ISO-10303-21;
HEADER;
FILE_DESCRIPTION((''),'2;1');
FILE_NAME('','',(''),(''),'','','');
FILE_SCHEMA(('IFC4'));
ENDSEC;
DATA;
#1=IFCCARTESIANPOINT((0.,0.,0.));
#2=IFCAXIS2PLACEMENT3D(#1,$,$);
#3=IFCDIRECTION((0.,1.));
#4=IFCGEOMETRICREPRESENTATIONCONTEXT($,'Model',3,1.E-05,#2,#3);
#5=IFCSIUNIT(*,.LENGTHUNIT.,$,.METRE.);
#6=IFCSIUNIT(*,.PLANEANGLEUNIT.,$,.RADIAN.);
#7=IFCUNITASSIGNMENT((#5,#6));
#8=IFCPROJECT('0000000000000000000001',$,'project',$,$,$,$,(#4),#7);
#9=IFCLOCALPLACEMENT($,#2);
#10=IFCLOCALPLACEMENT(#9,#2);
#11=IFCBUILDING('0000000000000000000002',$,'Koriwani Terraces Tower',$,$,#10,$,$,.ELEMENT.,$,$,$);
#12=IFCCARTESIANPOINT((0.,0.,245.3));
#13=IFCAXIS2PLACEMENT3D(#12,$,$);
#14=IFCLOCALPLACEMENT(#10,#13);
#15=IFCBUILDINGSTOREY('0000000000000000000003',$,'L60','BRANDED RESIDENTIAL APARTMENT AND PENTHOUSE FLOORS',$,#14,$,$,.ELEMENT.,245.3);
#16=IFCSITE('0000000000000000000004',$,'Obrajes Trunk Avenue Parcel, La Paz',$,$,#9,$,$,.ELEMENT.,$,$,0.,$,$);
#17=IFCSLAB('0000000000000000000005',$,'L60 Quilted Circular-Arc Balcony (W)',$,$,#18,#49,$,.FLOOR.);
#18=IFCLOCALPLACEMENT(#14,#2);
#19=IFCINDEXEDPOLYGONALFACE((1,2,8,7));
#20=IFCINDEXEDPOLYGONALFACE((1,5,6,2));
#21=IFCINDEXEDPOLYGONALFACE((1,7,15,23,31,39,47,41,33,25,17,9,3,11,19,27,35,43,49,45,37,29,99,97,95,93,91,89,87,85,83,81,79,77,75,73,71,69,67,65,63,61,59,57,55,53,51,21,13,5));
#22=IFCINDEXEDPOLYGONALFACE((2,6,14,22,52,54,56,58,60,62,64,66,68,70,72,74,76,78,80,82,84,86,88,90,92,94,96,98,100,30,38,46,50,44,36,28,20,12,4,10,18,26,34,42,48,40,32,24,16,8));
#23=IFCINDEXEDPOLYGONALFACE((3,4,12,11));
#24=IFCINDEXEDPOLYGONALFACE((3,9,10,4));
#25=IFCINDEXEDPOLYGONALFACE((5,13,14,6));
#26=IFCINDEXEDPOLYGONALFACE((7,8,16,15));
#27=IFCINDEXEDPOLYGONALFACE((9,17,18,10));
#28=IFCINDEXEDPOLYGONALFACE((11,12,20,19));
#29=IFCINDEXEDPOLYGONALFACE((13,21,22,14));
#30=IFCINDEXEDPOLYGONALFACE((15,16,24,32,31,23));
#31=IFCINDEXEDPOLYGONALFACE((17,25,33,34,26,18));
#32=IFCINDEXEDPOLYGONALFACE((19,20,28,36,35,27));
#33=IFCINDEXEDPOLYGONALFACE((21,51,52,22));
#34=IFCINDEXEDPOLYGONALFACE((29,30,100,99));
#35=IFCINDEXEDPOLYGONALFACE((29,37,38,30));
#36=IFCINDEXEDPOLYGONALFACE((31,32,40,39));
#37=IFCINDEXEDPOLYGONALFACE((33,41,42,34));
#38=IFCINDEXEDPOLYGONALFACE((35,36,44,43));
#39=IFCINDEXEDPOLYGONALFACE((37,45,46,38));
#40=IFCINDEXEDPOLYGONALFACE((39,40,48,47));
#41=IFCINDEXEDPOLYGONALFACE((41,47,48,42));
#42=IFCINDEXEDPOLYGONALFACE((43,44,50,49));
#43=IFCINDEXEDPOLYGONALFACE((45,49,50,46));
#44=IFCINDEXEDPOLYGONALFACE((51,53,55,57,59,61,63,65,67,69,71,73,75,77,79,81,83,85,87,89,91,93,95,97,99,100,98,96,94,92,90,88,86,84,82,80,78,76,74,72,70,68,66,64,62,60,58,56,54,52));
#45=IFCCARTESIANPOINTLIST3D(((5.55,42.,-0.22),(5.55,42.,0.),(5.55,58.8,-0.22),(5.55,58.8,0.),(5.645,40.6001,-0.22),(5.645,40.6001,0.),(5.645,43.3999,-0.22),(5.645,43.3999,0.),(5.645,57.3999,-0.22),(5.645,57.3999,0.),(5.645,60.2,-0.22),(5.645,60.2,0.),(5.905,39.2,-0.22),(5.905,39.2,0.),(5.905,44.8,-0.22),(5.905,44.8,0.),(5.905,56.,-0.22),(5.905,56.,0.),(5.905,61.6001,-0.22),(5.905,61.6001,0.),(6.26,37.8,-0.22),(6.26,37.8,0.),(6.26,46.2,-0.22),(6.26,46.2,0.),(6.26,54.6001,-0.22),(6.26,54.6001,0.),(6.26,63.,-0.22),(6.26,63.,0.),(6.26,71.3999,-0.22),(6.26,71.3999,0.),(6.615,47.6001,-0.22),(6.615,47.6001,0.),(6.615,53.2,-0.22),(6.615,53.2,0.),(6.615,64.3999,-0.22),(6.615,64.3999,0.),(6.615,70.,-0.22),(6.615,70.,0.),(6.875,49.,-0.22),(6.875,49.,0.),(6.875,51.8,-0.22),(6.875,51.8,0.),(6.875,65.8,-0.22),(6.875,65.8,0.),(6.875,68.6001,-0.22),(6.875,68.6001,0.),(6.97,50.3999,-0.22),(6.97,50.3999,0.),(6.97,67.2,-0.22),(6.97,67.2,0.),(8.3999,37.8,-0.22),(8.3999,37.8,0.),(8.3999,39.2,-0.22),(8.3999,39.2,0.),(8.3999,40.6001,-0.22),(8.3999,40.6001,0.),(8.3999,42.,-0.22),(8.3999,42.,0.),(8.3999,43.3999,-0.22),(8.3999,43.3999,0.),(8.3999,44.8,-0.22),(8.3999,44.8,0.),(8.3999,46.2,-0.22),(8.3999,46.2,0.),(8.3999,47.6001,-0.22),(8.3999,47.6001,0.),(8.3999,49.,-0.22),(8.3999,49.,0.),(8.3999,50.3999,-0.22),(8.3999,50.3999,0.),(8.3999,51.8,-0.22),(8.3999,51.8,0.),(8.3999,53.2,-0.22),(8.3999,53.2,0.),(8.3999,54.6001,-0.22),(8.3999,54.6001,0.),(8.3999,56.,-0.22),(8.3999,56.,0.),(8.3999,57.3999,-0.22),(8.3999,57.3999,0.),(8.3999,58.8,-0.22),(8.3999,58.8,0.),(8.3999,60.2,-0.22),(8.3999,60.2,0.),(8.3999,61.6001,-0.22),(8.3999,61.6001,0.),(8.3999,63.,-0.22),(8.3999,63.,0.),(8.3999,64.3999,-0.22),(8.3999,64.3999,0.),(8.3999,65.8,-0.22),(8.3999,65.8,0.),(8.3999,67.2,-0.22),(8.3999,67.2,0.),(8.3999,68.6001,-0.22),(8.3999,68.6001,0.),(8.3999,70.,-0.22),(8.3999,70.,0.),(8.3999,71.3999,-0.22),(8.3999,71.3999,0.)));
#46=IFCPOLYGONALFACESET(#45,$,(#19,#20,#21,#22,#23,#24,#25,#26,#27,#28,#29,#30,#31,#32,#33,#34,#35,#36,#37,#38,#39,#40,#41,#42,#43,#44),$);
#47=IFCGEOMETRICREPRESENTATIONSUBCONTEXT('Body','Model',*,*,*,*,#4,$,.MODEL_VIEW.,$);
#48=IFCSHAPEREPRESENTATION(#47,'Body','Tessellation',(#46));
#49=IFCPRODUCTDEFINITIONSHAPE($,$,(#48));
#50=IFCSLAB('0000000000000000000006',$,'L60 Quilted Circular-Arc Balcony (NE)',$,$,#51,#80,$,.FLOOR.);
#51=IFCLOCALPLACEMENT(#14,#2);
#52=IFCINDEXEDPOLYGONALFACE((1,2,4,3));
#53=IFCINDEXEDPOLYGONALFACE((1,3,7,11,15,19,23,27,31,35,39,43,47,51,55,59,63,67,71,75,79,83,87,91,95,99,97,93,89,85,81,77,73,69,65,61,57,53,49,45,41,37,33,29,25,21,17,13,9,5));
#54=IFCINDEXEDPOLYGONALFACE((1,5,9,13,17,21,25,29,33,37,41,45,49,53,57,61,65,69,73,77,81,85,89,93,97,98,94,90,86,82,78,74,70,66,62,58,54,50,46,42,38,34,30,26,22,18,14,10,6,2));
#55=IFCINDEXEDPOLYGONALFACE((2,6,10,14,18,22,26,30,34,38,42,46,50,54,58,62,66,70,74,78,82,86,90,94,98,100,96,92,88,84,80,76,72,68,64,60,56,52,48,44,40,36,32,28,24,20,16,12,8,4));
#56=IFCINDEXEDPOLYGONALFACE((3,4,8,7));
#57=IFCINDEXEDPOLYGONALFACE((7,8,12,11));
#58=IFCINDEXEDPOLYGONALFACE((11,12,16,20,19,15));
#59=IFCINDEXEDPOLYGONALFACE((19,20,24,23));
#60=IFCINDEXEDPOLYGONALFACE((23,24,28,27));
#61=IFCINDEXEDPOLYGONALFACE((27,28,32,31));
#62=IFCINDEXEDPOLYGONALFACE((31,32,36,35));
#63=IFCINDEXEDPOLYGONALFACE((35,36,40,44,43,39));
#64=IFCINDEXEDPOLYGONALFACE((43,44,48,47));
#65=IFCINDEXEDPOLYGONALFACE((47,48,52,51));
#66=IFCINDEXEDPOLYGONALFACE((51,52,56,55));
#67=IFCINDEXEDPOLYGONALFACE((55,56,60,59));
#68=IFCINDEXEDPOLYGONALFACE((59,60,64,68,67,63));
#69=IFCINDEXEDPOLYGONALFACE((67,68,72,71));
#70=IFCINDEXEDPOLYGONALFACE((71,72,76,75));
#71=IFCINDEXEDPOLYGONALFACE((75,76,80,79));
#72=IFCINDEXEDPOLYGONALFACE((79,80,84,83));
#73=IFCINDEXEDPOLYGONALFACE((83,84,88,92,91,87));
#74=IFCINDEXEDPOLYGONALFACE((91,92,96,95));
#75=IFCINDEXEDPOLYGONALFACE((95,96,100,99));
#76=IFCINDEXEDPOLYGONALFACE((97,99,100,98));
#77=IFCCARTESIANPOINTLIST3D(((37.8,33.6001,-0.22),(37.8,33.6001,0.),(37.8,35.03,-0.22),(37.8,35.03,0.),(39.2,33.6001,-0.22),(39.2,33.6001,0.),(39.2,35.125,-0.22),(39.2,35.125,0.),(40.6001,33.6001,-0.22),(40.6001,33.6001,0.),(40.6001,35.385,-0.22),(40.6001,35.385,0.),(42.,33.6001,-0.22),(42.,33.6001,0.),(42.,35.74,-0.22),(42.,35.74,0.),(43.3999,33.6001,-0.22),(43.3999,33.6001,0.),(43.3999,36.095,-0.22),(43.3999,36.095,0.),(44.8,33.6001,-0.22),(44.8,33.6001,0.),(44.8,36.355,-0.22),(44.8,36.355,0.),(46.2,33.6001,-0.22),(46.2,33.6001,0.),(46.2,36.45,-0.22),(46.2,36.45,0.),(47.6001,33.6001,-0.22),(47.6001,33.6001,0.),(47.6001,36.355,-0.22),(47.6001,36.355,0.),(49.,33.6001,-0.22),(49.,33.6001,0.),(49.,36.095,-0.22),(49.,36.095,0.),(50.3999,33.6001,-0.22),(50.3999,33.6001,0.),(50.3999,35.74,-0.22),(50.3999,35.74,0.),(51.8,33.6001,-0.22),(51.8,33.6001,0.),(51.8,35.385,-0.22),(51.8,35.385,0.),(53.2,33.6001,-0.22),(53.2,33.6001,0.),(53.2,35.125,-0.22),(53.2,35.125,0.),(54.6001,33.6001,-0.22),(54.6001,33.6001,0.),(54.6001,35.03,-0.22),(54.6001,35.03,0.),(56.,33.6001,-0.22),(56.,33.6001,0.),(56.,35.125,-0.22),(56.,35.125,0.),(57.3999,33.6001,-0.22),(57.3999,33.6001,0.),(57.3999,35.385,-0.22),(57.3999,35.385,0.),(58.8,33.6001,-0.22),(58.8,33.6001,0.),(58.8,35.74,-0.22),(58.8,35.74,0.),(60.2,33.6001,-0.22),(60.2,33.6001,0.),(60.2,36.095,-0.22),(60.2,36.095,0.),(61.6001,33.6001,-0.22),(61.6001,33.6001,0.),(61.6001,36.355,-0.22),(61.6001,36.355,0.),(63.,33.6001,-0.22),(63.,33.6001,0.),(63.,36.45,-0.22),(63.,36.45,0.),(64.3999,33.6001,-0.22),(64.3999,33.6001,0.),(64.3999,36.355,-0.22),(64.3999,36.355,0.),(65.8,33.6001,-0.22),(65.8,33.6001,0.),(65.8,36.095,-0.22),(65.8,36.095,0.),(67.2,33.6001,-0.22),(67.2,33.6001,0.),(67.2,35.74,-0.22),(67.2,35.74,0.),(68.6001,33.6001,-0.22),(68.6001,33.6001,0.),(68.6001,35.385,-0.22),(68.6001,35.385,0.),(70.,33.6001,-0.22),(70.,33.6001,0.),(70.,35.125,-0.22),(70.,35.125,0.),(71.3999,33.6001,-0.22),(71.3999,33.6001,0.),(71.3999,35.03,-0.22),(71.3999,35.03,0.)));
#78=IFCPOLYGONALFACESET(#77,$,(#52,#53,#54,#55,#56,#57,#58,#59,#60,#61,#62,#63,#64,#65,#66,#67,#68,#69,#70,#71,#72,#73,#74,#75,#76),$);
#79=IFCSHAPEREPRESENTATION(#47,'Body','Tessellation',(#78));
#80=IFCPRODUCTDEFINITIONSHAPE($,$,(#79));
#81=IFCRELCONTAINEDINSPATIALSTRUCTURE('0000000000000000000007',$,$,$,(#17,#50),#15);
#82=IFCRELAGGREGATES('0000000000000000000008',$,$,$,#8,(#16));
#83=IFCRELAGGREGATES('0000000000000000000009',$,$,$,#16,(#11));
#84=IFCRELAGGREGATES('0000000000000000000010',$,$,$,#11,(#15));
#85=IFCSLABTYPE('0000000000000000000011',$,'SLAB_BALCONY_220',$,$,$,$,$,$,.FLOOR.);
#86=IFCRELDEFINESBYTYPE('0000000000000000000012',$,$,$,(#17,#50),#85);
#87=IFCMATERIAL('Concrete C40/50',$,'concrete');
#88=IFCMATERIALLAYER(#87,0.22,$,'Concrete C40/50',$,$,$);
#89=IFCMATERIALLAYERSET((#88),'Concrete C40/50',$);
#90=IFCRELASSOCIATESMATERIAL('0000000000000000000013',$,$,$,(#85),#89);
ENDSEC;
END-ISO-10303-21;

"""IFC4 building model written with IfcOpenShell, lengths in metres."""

from ifc_helpers import new_model, si_unit, direction, frame, origin, place, context, subcontext, project, spatial, polyline, outline, extrude, material, layer, layer_set, type_object, element, save


model = new_model("IFC4")

# Units and contexts
model_context = context("Model", 3, precision=1e-05, world=origin(), true_north=direction((0.0, 1.0)))
body_context = subcontext(model_context, "Body", "Model", "MODEL_VIEW")
ifc_project = project(units=[si_unit("LENGTHUNIT", "METRE"), si_unit("PLANEANGLEUNIT", "RADIAN")], contexts=[model_context])

# Site, building, storey
site_placement = place(None, origin())
site = spatial("IfcSite", under=ifc_project, at=site_placement, Name="Obrajes Trunk Avenue Parcel, La Paz", CompositionType="ELEMENT", RefElevation=0.0)
building_placement = place(site_placement, origin())
building = spatial("IfcBuilding", under=site, at=building_placement, Name="Koriwani Terraces Tower", CompositionType="ELEMENT")
storey_placement = place(building_placement, frame((0.0, 0.0, 245.3)))
storey = spatial("IfcBuildingStorey", under=building, at=storey_placement, Name="L60", Description="BRANDED RESIDENTIAL APARTMENT AND PENTHOUSE FLOORS", CompositionType="ELEMENT", Elevation=245.3)

# Shared definitions
ifc_material_1 = material(Name="Concrete C40/50", Category="concrete")

# Slabs
ifc_layer_1 = layer(ifc_material_1, 0.22, Name="Concrete C40/50")
ifc_layer_set_1 = layer_set([ifc_layer_1], Name="Concrete C40/50")
slab_type_1 = type_object("IfcSlabType", Name="SLAB_BALCONY_220", PredefinedType="FLOOR", material=ifc_layer_set_1)
slab_1_placement = place(storey_placement, frame((0.0, 0.0, -0.22)))
element("IfcSlab", 1, at=slab_1_placement, inside=storey, type_object=slab_type_1, Name="L60 Quilted Circular-Arc Balcony (W)", PredefinedType="FLOOR", context=body_context, shape_type="SweptSolid", body=[
    extrude(outline(polyline([(8.3999, 37.8), (8.3999, 39.2), (8.3999, 40.6001), (8.3999, 42.0), (8.3999, 43.3999), (8.3999, 44.8), (8.3999, 46.2), (8.3999, 47.6001), (8.3999, 49.0), (8.3999, 50.3999), (8.3999, 51.8), (8.3999, 53.2), (8.3999, 54.6001), (8.3999, 56.0), (8.3999, 57.3999), (8.3999, 58.8), (8.3999, 60.2), (8.3999, 61.6001), (8.3999, 63.0), (8.3999, 64.3999), (8.3999, 65.8), (8.3999, 67.2), (8.3999, 68.6001), (8.3999, 70.0), (8.3999, 71.3999), (6.26, 71.3999), (6.615, 70.0), (6.875, 68.6001), (6.97, 67.2), (6.875, 65.8), (6.615, 64.3999), (6.26, 63.0), (5.905, 61.6001), (5.645, 60.2), (5.55, 58.8), (5.645, 57.3999), (5.905, 56.0), (6.26, 54.6001), (6.615, 53.2), (6.875, 51.8), (6.97, 50.3999), (6.875, 49.0), (6.615, 47.6001), (6.26, 46.2), (5.905, 44.8), (5.645, 43.3999), (5.55, 42.0), (5.645, 40.6001), (5.905, 39.2), (6.26, 37.8), (8.3999, 37.8)])), origin(), (0.0, 0.0, 1.0), 0.22),
])
slab_2_placement = place(storey_placement, frame((0.0, 0.0, -0.22)))
element("IfcSlab", 2, at=slab_2_placement, inside=storey, type_object=slab_type_1, Name="L60 Quilted Circular-Arc Balcony (NE)", PredefinedType="FLOOR", context=body_context, shape_type="SweptSolid", body=[
    extrude(outline(polyline([(71.3999, 33.6001), (70.0, 33.6001), (68.6001, 33.6001), (67.2, 33.6001), (65.8, 33.6001), (64.3999, 33.6001), (63.0, 33.6001), (61.6001, 33.6001), (60.2, 33.6001), (58.8, 33.6001), (57.3999, 33.6001), (56.0, 33.6001), (54.6001, 33.6001), (53.2, 33.6001), (51.8, 33.6001), (50.3999, 33.6001), (49.0, 33.6001), (47.6001, 33.6001), (46.2, 33.6001), (44.8, 33.6001), (43.3999, 33.6001), (42.0, 33.6001), (40.6001, 33.6001), (39.2, 33.6001), (37.8, 33.6001), (37.8, 35.03), (39.2, 35.125), (40.6001, 35.385), (42.0, 35.74), (43.3999, 36.095), (44.8, 36.355), (46.2, 36.45), (47.6001, 36.355), (49.0, 36.095), (50.3999, 35.74), (51.8, 35.385), (53.2, 35.125), (54.6001, 35.03), (56.0, 35.125), (57.3999, 35.385), (58.8, 35.74), (60.2, 36.095), (61.6001, 36.355), (63.0, 36.45), (64.3999, 36.355), (65.8, 36.095), (67.2, 35.74), (68.6001, 35.385), (70.0, 35.125), (71.3999, 35.03), (71.3999, 33.6001)])), origin(), (0.0, 0.0, 1.0), 0.22),
])

save(model, "model.ifc")
